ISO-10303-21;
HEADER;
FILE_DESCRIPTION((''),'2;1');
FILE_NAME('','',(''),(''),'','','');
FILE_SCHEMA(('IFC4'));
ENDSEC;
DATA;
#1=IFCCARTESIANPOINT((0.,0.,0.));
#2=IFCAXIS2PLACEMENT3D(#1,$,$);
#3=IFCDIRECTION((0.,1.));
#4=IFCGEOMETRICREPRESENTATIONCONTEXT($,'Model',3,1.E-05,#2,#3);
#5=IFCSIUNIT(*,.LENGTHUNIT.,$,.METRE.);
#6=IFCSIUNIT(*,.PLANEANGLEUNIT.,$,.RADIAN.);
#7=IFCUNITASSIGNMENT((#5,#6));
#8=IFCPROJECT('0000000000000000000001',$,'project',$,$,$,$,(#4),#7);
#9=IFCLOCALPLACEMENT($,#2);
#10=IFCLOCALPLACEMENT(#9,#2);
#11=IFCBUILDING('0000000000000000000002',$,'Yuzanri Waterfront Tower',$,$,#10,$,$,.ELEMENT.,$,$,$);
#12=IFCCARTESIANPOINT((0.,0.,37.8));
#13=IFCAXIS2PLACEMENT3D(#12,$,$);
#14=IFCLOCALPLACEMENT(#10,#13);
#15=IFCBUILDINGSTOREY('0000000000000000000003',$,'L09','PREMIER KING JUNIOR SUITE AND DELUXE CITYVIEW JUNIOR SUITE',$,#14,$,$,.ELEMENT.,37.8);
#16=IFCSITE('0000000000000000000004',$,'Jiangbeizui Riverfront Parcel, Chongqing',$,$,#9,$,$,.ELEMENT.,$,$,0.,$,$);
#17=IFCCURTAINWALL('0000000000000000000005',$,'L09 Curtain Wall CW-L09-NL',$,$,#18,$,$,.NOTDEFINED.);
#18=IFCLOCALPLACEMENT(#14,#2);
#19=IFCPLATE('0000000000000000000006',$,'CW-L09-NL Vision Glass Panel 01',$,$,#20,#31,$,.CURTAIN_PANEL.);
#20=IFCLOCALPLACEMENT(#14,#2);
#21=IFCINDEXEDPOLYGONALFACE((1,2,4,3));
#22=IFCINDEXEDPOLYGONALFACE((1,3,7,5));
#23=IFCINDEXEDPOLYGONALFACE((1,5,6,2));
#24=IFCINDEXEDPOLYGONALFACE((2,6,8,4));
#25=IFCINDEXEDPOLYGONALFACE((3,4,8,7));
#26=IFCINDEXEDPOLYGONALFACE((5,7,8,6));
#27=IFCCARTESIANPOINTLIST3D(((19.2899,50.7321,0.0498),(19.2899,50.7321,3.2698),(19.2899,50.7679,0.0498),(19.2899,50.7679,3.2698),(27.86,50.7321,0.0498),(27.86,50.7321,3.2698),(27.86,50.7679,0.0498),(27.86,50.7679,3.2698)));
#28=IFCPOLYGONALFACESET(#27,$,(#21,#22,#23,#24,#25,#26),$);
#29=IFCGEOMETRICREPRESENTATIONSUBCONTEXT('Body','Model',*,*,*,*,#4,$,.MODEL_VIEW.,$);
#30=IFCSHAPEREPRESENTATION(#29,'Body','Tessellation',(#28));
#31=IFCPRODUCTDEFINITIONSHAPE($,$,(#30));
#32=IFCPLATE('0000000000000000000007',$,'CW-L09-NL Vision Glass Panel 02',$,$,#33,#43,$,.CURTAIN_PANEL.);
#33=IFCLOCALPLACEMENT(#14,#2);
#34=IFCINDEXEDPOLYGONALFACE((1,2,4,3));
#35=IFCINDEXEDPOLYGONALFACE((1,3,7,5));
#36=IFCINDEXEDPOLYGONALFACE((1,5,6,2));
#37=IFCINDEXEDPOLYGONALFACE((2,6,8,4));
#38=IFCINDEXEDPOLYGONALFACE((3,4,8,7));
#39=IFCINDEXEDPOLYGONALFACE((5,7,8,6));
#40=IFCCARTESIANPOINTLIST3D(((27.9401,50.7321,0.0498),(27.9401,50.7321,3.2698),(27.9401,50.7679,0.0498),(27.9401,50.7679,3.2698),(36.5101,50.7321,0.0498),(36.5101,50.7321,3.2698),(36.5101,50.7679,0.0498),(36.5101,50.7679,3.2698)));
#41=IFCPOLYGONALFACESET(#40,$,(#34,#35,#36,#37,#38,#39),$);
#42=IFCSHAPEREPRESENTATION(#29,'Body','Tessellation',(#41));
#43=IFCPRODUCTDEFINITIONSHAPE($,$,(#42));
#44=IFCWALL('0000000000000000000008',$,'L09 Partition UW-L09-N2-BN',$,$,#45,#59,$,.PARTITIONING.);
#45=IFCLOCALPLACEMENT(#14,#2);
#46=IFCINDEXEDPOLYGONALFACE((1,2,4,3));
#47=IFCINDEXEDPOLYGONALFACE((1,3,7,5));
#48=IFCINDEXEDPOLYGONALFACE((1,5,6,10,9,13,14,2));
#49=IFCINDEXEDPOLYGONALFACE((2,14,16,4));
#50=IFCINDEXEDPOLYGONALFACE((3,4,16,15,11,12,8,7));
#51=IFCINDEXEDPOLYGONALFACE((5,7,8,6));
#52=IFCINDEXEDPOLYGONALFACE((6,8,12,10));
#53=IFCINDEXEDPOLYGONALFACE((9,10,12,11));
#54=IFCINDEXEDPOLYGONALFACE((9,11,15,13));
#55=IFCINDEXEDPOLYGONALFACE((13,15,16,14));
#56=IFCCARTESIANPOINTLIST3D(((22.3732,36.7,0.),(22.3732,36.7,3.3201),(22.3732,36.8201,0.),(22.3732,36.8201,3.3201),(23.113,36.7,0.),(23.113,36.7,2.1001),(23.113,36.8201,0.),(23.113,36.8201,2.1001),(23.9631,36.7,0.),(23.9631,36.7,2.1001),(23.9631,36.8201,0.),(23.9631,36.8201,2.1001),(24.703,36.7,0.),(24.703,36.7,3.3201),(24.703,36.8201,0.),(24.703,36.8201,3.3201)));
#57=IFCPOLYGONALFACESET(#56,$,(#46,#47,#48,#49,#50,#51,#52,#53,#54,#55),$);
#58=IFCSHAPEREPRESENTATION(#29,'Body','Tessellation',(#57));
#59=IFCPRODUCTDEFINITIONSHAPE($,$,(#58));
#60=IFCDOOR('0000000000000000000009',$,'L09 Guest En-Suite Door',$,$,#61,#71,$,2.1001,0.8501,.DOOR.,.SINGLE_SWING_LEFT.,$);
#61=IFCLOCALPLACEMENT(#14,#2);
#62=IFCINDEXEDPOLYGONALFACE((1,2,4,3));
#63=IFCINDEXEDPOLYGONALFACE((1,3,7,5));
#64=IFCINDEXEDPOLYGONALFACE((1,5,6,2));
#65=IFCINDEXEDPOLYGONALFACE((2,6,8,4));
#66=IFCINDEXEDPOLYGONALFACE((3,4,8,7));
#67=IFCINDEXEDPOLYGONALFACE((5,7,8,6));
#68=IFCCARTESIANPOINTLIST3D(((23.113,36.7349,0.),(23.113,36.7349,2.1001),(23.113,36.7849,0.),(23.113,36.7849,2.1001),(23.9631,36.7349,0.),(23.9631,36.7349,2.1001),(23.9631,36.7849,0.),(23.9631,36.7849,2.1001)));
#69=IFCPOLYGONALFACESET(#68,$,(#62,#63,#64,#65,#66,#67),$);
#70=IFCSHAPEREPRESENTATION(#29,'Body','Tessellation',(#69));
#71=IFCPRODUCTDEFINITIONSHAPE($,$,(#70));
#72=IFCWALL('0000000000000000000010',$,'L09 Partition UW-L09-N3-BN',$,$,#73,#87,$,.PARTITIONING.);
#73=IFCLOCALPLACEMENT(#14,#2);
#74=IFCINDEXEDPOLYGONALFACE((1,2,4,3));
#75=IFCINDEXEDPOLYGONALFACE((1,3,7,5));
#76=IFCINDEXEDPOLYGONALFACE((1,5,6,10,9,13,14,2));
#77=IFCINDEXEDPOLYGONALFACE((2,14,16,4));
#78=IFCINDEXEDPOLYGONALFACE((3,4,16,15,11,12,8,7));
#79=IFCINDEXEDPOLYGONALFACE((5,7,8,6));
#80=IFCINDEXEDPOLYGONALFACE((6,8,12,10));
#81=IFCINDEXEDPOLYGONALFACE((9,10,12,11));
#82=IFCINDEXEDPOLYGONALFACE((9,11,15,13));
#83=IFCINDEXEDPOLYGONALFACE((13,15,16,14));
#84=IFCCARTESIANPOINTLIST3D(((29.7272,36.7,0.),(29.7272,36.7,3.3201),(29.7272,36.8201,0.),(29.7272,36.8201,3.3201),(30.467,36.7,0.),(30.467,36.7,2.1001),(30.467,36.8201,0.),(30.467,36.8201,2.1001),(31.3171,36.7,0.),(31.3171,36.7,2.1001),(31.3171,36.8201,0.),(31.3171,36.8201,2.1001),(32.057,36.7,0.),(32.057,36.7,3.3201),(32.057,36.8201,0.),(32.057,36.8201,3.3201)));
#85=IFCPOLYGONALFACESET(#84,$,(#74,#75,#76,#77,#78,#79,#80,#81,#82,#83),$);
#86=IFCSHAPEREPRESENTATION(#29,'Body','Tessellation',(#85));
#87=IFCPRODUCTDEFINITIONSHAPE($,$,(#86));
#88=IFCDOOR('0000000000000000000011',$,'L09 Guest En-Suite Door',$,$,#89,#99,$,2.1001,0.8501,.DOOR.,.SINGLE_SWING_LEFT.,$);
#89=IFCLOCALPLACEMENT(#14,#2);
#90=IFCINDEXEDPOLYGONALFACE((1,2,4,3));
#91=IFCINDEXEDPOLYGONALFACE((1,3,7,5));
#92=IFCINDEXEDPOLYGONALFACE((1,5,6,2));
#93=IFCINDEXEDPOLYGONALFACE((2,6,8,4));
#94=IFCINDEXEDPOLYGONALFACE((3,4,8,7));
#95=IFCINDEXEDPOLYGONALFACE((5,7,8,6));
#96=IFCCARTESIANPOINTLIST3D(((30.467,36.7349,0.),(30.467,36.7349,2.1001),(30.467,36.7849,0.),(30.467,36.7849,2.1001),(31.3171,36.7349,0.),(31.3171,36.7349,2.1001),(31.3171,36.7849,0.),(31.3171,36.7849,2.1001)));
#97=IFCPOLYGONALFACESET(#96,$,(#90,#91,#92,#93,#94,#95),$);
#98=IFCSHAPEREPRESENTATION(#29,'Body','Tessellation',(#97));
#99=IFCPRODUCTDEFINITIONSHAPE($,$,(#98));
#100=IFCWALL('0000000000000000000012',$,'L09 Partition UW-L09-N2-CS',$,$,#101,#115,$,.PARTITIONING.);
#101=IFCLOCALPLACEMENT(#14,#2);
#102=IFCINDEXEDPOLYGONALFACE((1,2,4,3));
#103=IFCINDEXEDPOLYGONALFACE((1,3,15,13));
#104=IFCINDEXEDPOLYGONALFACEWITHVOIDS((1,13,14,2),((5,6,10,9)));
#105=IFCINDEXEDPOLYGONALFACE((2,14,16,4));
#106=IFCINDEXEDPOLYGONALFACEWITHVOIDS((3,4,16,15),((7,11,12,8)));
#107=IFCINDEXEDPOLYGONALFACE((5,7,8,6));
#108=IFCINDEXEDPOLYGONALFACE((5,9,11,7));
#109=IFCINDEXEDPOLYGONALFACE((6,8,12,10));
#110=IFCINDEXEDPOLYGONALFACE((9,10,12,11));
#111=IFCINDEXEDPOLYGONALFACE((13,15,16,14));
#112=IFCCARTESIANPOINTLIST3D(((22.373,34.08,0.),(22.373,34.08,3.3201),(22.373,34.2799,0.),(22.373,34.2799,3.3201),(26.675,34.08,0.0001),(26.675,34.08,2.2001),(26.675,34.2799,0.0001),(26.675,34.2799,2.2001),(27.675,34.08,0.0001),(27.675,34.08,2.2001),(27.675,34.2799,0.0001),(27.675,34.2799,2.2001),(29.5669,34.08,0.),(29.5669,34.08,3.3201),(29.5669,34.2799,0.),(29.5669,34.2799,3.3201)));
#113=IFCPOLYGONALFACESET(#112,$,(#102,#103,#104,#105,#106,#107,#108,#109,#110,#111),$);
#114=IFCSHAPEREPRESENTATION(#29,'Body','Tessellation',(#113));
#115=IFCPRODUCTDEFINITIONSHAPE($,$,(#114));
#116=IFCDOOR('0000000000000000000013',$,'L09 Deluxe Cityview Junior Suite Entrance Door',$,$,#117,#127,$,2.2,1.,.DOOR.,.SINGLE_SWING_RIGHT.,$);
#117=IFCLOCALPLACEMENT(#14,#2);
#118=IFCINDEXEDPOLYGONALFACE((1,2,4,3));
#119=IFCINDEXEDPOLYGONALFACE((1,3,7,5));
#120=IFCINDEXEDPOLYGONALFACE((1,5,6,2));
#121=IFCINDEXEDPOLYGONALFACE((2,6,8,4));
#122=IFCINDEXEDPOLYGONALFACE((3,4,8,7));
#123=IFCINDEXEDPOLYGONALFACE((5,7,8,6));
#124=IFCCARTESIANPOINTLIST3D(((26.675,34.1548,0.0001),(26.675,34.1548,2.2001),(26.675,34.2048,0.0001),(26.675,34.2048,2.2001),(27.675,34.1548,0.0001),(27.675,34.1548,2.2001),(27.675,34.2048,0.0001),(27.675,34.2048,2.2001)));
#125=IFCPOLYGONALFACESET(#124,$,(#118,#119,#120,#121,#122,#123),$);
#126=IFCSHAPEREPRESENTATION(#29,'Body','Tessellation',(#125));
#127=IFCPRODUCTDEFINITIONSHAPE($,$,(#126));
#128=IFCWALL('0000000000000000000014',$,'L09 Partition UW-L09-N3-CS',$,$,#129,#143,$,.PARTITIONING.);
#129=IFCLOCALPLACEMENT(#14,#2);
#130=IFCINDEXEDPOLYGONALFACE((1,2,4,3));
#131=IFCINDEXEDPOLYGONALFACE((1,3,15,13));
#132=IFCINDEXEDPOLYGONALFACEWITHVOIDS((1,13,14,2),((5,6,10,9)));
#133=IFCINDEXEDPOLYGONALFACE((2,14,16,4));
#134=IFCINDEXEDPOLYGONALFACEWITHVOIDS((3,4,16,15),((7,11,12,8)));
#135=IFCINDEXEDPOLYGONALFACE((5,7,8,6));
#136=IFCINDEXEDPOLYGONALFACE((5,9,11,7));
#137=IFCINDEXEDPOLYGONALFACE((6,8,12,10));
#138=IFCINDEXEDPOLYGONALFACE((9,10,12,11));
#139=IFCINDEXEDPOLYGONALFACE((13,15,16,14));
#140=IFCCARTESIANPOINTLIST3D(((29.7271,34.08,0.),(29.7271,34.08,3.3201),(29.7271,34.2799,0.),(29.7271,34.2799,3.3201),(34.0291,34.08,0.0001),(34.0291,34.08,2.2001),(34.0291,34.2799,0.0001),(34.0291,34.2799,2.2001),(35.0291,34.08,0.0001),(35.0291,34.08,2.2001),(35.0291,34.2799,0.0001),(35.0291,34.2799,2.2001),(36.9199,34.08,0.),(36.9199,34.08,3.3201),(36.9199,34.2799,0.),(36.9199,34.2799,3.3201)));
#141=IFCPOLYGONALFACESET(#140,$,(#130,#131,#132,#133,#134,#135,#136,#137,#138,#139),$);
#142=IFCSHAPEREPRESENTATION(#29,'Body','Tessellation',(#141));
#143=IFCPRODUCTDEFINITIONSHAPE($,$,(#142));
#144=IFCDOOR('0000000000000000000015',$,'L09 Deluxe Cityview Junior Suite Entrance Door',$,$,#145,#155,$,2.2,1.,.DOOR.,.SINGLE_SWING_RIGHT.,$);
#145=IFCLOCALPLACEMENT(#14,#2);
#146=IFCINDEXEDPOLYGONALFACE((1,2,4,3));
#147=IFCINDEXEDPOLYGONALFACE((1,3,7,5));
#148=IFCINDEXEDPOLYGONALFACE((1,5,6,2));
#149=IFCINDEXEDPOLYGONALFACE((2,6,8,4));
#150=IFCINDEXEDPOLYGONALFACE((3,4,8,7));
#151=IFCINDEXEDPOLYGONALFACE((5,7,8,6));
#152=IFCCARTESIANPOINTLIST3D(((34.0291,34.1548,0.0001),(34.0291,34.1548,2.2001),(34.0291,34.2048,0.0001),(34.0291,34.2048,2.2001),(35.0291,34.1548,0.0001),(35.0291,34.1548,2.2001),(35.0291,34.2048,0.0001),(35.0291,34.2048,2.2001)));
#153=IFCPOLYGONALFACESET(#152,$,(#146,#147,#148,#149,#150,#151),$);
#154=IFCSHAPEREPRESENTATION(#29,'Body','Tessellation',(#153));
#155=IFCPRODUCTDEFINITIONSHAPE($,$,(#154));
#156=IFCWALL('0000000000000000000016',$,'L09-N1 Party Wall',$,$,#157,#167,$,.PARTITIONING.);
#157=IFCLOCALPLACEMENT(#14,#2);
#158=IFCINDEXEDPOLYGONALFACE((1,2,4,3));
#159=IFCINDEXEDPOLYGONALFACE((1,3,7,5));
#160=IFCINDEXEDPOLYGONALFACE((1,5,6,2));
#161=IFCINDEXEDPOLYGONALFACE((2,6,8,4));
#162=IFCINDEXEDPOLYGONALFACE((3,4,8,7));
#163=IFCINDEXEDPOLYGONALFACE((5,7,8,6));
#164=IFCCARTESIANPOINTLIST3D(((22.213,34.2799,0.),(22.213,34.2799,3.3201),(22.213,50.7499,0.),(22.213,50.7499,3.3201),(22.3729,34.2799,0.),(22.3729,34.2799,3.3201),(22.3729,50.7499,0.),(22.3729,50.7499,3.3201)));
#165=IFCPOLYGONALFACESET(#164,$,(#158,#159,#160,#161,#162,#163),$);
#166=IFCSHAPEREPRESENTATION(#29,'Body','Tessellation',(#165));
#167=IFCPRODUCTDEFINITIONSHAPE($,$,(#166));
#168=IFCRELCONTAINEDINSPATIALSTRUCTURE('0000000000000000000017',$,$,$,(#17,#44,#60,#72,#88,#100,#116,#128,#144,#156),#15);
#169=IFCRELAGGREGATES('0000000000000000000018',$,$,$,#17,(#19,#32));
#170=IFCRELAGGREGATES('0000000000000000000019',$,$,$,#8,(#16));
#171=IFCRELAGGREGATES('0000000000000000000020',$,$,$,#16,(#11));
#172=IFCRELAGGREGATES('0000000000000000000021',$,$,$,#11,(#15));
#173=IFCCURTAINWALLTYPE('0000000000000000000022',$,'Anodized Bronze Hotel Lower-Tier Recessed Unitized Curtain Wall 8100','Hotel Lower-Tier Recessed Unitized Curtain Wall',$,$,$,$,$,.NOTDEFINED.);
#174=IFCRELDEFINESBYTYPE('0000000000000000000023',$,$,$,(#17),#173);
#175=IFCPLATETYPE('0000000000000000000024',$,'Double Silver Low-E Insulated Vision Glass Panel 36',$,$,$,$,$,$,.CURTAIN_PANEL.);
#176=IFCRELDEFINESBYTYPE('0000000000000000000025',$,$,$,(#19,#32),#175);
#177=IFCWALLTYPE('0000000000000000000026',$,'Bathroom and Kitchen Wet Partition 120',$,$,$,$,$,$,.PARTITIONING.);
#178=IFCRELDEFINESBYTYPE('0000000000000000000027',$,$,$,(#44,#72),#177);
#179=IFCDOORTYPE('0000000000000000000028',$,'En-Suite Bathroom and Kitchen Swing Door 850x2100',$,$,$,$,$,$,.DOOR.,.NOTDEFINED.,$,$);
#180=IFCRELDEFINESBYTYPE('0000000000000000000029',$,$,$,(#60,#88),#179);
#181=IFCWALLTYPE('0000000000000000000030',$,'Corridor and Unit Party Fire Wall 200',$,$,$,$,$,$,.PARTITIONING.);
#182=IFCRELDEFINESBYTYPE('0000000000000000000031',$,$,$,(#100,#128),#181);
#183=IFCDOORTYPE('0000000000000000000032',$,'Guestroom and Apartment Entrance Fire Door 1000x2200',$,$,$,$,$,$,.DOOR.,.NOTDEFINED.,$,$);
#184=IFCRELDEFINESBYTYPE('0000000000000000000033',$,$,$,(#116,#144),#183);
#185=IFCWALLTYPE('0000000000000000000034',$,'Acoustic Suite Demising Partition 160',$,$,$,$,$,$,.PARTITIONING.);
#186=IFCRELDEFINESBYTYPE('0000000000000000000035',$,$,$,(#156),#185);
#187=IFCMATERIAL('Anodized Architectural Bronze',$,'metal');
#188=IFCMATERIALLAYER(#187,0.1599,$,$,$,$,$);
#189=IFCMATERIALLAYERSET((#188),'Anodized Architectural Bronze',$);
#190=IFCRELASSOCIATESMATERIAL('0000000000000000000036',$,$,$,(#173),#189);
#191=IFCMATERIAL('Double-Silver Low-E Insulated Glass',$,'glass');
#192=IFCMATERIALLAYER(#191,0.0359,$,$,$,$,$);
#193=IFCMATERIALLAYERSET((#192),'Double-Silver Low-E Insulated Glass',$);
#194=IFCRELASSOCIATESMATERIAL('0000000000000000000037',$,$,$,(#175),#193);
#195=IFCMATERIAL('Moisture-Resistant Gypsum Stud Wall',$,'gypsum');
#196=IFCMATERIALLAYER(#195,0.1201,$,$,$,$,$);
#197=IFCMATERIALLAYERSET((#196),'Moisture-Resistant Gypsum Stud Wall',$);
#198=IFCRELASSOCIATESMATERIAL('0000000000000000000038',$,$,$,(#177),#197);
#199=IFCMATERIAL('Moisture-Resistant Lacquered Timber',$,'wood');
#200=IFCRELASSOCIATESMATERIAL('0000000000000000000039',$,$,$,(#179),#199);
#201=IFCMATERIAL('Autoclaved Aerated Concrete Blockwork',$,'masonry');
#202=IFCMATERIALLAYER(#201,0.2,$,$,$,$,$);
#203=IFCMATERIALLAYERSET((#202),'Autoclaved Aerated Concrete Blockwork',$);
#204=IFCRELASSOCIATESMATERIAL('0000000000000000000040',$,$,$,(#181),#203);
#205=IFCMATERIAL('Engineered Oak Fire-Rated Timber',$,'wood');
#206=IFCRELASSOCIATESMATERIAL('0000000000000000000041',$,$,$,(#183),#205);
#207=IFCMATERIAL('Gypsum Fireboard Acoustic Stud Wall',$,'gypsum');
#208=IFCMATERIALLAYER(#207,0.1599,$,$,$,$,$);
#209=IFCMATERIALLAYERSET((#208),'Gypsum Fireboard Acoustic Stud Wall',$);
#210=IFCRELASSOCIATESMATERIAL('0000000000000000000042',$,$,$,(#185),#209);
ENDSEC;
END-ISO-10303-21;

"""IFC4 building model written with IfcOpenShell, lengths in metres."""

from ifc_helpers import new_model, si_unit, direction, frame, frame_2d, origin, origin_2d, place, context, subcontext, project, spatial, rectangle, extrude, source, transform, mapped, material, layer, layer_set, type_object, element, fill, aggregate, save


model = new_model("IFC4")

# Units and contexts
model_context = context("Model", 3, precision=1e-05, world=origin(), true_north=direction((0.0, 1.0)))
body_context = subcontext(model_context, "Body", "Model", "MODEL_VIEW")
ifc_project = project(units=[si_unit("LENGTHUNIT", "METRE"), si_unit("PLANEANGLEUNIT", "RADIAN")], contexts=[model_context])

# Site, building, storey
site_placement = place(None, origin())
site = spatial("IfcSite", under=ifc_project, at=site_placement, Name="Jiangbeizui Riverfront Parcel, Chongqing", CompositionType="ELEMENT", RefElevation=0.0)
building_placement = place(site_placement, origin())
building = spatial("IfcBuilding", under=site, at=building_placement, Name="Yuzanri Waterfront Tower", CompositionType="ELEMENT")
storey_placement = place(building_placement, frame((0.0, 0.0, 37.8)))
storey = spatial("IfcBuildingStorey", under=building, at=storey_placement, Name="L09", Description="PREMIER KING JUNIOR SUITE AND DELUXE CITYVIEW JUNIOR SUITE", CompositionType="ELEMENT", Elevation=37.8)

# Curtain wall, plates
ifc_material_1 = material(Name="Anodized Architectural Bronze", Category="metal")
ifc_layer_1 = layer(ifc_material_1, 0.1599)
ifc_layer_set_1 = layer_set([ifc_layer_1], Name="Anodized Architectural Bronze")
curtain_wall_type = type_object("IfcCurtainWallType", Name="Anodized Bronze Hotel Lower-Tier Recessed Unitized Curtain Wall 8100", Description="Hotel Lower-Tier Recessed Unitized Curtain Wall", PredefinedType="NOTDEFINED", material=ifc_layer_set_1)
curtain_wall_placement = place(storey_placement, origin())
curtain_wall = element("IfcCurtainWall", 1, at=curtain_wall_placement, inside=storey, type_object=curtain_wall_type, Name="L09 Curtain Wall CW-L09-NL", PredefinedType="NOTDEFINED")
ifc_material_2 = material(Name="Double-Silver Low-E Insulated Glass", Category="glass")
ifc_layer_2 = layer(ifc_material_2, 0.0359)
ifc_layer_set_2 = layer_set([ifc_layer_2], Name="Double-Silver Low-E Insulated Glass")
plate_type = type_object("IfcPlateType", Name="Double Silver Low-E Insulated Vision Glass Panel 36", PredefinedType="CURTAIN_PANEL", material=ifc_layer_set_2)
shared_shape_1 = source(origin(), body_context, "Body", "SweptSolid", [
    extrude(rectangle(XDim=8.5701, YDim=0.0359, at=origin_2d()), origin(), (0.0, 0.0, 1.0), 3.22),
])
plate_1_placement = place(storey_placement, frame((23.575, 50.75, 0.0498), z_axis=(0.0, 0.0, 1.0), x_axis=(1.0, 0.0, 0.0)))
plate_1 = element("IfcPlate", 2, at=plate_1_placement, type_object=plate_type, Name="CW-L09-NL Vision Glass Panel 01", PredefinedType="CURTAIN_PANEL", context=body_context, shape_type="MappedRepresentation", body=[
    mapped(shared_shape_1, transform((0.0, 0.0, 0.0), scale=1.0)),
])
plate_2_placement = place(storey_placement, frame((32.2251, 50.75, 0.0498), z_axis=(0.0, 0.0, 1.0), x_axis=(1.0, 0.0, 0.0)))
plate_2 = element("IfcPlate", 3, at=plate_2_placement, type_object=plate_type, Name="CW-L09-NL Vision Glass Panel 02", PredefinedType="CURTAIN_PANEL", context=body_context, shape_type="MappedRepresentation", body=[
    mapped(shared_shape_1, transform((0.0, 0.0, 0.0), scale=1.0)),
])
aggregate(curtain_wall, [plate_1, plate_2])

# Walls, openings, doors
ifc_material_3 = material(Name="Moisture-Resistant Gypsum Stud Wall", Category="gypsum")
ifc_layer_3 = layer(ifc_material_3, 0.1201)
ifc_layer_set_3 = layer_set([ifc_layer_3], Name="Moisture-Resistant Gypsum Stud Wall")
wall_type_1 = type_object("IfcWallType", Name="Bathroom and Kitchen Wet Partition 120", PredefinedType="PARTITIONING", material=ifc_layer_set_3)
wall_1_placement = place(storey_placement, frame((22.373, 36.76, 0.0), z_axis=(0.0, 0.0, 1.0), x_axis=(1.0, 0.0, 0.0)))
wall_1 = element("IfcWall", 4, at=wall_1_placement, inside=storey, type_object=wall_type_1, Name="L09 Partition UW-L09-N2-BN", PredefinedType="PARTITIONING", context=body_context, shape_type="SweptSolid", body=[
    extrude(rectangle(XDim=2.3298, YDim=0.1201, at=frame_2d((1.165, 0.0))), origin(), (0.0, 0.0, 1.0), 3.3201),
])
opening_1_placement = place(wall_1_placement, frame((0.74, 0.0, 0.0)))
opening_1 = element("IfcOpeningElement", 5, at=opening_1_placement, cuts=wall_1, PredefinedType="OPENING", context=body_context, shape_type="SweptSolid", body=[
    extrude(rectangle(XDim=0.8501, YDim=2.1001, at=frame_2d((0.425, 1.05))), frame((0.0, 0.075, 0.0), z_axis=(0.0, -1.0, 0.0), x_axis=(1.0, 0.0, 0.0)), (0.0, 0.0, 1.0), 0.1499),
])
ifc_material_4 = material(Name="Moisture-Resistant Lacquered Timber", Category="wood")
door_type_1 = type_object("IfcDoorType", Name="En-Suite Bathroom and Kitchen Swing Door 850x2100", OperationType="NOTDEFINED", PredefinedType="DOOR", material=ifc_material_4)
shared_shape_2 = source(origin(), body_context, "Body", "SweptSolid", [
    extrude(rectangle(XDim=0.8501, YDim=2.1001, at=frame_2d((0.425, 1.05))), frame((0.0, 0.0249, 0.0), z_axis=(0.0, -1.0, 0.0), x_axis=(1.0, 0.0, 0.0)), (0.0, 0.0, 1.0), 0.05),
])
door_1_placement = place(opening_1_placement, origin())
door_1 = element("IfcDoor", 6, at=door_1_placement, inside=storey, type_object=door_type_1, Name="L09 Guest En-Suite Door", OperationType="SINGLE_SWING_LEFT", OverallHeight=2.1001, OverallWidth=0.8501, PredefinedType="DOOR", context=body_context, shape_type="MappedRepresentation", body=[
    mapped(shared_shape_2, transform((0.0, 0.0, 0.0), scale=1.0)),
])
fill(opening_1, door_1)
wall_2_placement = place(storey_placement, frame((29.7271, 36.76, 0.0), z_axis=(0.0, 0.0, 1.0), x_axis=(1.0, 0.0, 0.0)))
wall_2 = element("IfcWall", 7, at=wall_2_placement, inside=storey, type_object=wall_type_1, Name="L09 Partition UW-L09-N3-BN", PredefinedType="PARTITIONING", context=body_context, shape_type="SweptSolid", body=[
    extrude(rectangle(XDim=2.3298, YDim=0.1201, at=frame_2d((1.165, 0.0))), origin(), (0.0, 0.0, 1.0), 3.3201),
])
opening_2_placement = place(wall_2_placement, frame((0.74, 0.0, 0.0)))
opening_2 = element("IfcOpeningElement", 8, at=opening_2_placement, cuts=wall_2, PredefinedType="OPENING", context=body_context, shape_type="SweptSolid", body=[
    extrude(rectangle(XDim=0.8501, YDim=2.1001, at=frame_2d((0.425, 1.05))), frame((0.0, 0.075, 0.0), z_axis=(0.0, -1.0, 0.0), x_axis=(1.0, 0.0, 0.0)), (0.0, 0.0, 1.0), 0.1499),
])
door_2_placement = place(opening_2_placement, origin())
door_2 = element("IfcDoor", 9, at=door_2_placement, inside=storey, type_object=door_type_1, Name="L09 Guest En-Suite Door", OperationType="SINGLE_SWING_LEFT", OverallHeight=2.1001, OverallWidth=0.8501, PredefinedType="DOOR", context=body_context, shape_type="MappedRepresentation", body=[
    mapped(shared_shape_2, transform((0.0, 0.0, 0.0), scale=1.0)),
])
fill(opening_2, door_2)
ifc_material_5 = material(Name="Autoclaved Aerated Concrete Blockwork", Category="masonry")
ifc_layer_4 = layer(ifc_material_5, 0.2)
ifc_layer_set_4 = layer_set([ifc_layer_4], Name="Autoclaved Aerated Concrete Blockwork")
wall_type_2 = type_object("IfcWallType", Name="Corridor and Unit Party Fire Wall 200", PredefinedType="PARTITIONING", material=ifc_layer_set_4)
wall_3_placement = place(storey_placement, frame((22.373, 34.1799, 0.0), z_axis=(0.0, 0.0, 1.0), x_axis=(1.0, 0.0, 0.0)))
wall_3 = element("IfcWall", 10, at=wall_3_placement, inside=storey, type_object=wall_type_2, Name="L09 Partition UW-L09-N2-CS", PredefinedType="PARTITIONING", context=body_context, shape_type="SweptSolid", body=[
    extrude(rectangle(XDim=7.1938, YDim=0.2, at=frame_2d((3.5969, 0.0))), origin(), (0.0, 0.0, 1.0), 3.3201),
])
opening_3_placement = place(wall_3_placement, frame((4.302, 0.0, 0.0)))
opening_3 = element("IfcOpeningElement", 11, at=opening_3_placement, cuts=wall_3, PredefinedType="OPENING", context=body_context, shape_type="SweptSolid", body=[
    extrude(rectangle(XDim=1.0, YDim=2.2, at=frame_2d((0.5, 1.1001))), frame((0.0, 0.1147, 0.0), z_axis=(0.0, -1.0, 0.0), x_axis=(1.0, 0.0, 0.0)), (0.0, 0.0, 1.0), 0.2297),
])
ifc_material_6 = material(Name="Engineered Oak Fire-Rated Timber", Category="wood")
door_type_2 = type_object("IfcDoorType", Name="Guestroom and Apartment Entrance Fire Door 1000x2200", OperationType="NOTDEFINED", PredefinedType="DOOR", material=ifc_material_6)
shared_shape_3 = source(origin(), body_context, "Body", "SweptSolid", [
    extrude(rectangle(XDim=1.0, YDim=2.2, at=frame_2d((0.5, 1.1001))), frame((0.0, 0.0249, 0.0), z_axis=(0.0, -1.0, 0.0), x_axis=(1.0, 0.0, 0.0)), (0.0, 0.0, 1.0), 0.05),
])
door_3_placement = place(opening_3_placement, origin())
door_3 = element("IfcDoor", 12, at=door_3_placement, inside=storey, type_object=door_type_2, Name="L09 Deluxe Cityview Junior Suite Entrance Door", OperationType="SINGLE_SWING_RIGHT", OverallHeight=2.2, OverallWidth=1.0, PredefinedType="DOOR", context=body_context, shape_type="MappedRepresentation", body=[
    mapped(shared_shape_3, transform((0.0, 0.0, 0.0), scale=1.0)),
])
fill(opening_3, door_3)
wall_4_placement = place(storey_placement, frame((29.7271, 34.1799, 0.0), z_axis=(0.0, 0.0, 1.0), x_axis=(1.0, 0.0, 0.0)))
wall_4 = element("IfcWall", 13, at=wall_4_placement, inside=storey, type_object=wall_type_2, Name="L09 Partition UW-L09-N3-CS", PredefinedType="PARTITIONING", context=body_context, shape_type="SweptSolid", body=[
    extrude(rectangle(XDim=7.1929, YDim=0.2, at=frame_2d((3.5964, 0.0))), origin(), (0.0, 0.0, 1.0), 3.3201),
])
opening_4_placement = place(wall_4_placement, frame((4.302, 0.0, 0.0)))
opening_4 = element("IfcOpeningElement", 14, at=opening_4_placement, cuts=wall_4, PredefinedType="OPENING", context=body_context, shape_type="SweptSolid", body=[
    extrude(rectangle(XDim=1.0, YDim=2.2, at=frame_2d((0.5, 1.1001))), frame((0.0, 0.1147, 0.0), z_axis=(0.0, -1.0, 0.0), x_axis=(1.0, 0.0, 0.0)), (0.0, 0.0, 1.0), 0.2297),
])
door_4_placement = place(opening_4_placement, origin())
door_4 = element("IfcDoor", 15, at=door_4_placement, inside=storey, type_object=door_type_2, Name="L09 Deluxe Cityview Junior Suite Entrance Door", OperationType="SINGLE_SWING_RIGHT", OverallHeight=2.2, OverallWidth=1.0, PredefinedType="DOOR", context=body_context, shape_type="MappedRepresentation", body=[
    mapped(shared_shape_3, transform((0.0, 0.0, 0.0), scale=1.0)),
])
fill(opening_4, door_4)

# Wall
ifc_material_7 = material(Name="Gypsum Fireboard Acoustic Stud Wall", Category="gypsum")
ifc_layer_5 = layer(ifc_material_7, 0.1599)
ifc_layer_set_5 = layer_set([ifc_layer_5], Name="Gypsum Fireboard Acoustic Stud Wall")
wall_type_3 = type_object("IfcWallType", Name="Acoustic Suite Demising Partition 160", PredefinedType="PARTITIONING", material=ifc_layer_set_5)
shared_shape_4 = source(origin(), body_context, "Body", "SweptSolid", [
    extrude(rectangle(XDim=16.47, YDim=0.1599, at=frame_2d((8.2349, 0.0))), origin(), (0.0, 0.0, 1.0), 3.3201),
])
for number, where, z_axis, x_axis, name in (
    (16, (22.293, 34.28, 0.0), (0.0, 0.0, 1.0), (0.0, 1.0, 0.0), "L09-N1 Party Wall"),
):
    element("IfcWall", number, at=place(storey_placement, frame(where, z_axis=z_axis, x_axis=x_axis)), inside=storey, type_object=wall_type_3, Name=name, PredefinedType="PARTITIONING", context=body_context, shape_type="MappedRepresentation", body=[
        mapped(shared_shape_4, transform((0.0, 0.0, 0.0), scale=1.0)),
    ])

save(model, "model.ifc")
